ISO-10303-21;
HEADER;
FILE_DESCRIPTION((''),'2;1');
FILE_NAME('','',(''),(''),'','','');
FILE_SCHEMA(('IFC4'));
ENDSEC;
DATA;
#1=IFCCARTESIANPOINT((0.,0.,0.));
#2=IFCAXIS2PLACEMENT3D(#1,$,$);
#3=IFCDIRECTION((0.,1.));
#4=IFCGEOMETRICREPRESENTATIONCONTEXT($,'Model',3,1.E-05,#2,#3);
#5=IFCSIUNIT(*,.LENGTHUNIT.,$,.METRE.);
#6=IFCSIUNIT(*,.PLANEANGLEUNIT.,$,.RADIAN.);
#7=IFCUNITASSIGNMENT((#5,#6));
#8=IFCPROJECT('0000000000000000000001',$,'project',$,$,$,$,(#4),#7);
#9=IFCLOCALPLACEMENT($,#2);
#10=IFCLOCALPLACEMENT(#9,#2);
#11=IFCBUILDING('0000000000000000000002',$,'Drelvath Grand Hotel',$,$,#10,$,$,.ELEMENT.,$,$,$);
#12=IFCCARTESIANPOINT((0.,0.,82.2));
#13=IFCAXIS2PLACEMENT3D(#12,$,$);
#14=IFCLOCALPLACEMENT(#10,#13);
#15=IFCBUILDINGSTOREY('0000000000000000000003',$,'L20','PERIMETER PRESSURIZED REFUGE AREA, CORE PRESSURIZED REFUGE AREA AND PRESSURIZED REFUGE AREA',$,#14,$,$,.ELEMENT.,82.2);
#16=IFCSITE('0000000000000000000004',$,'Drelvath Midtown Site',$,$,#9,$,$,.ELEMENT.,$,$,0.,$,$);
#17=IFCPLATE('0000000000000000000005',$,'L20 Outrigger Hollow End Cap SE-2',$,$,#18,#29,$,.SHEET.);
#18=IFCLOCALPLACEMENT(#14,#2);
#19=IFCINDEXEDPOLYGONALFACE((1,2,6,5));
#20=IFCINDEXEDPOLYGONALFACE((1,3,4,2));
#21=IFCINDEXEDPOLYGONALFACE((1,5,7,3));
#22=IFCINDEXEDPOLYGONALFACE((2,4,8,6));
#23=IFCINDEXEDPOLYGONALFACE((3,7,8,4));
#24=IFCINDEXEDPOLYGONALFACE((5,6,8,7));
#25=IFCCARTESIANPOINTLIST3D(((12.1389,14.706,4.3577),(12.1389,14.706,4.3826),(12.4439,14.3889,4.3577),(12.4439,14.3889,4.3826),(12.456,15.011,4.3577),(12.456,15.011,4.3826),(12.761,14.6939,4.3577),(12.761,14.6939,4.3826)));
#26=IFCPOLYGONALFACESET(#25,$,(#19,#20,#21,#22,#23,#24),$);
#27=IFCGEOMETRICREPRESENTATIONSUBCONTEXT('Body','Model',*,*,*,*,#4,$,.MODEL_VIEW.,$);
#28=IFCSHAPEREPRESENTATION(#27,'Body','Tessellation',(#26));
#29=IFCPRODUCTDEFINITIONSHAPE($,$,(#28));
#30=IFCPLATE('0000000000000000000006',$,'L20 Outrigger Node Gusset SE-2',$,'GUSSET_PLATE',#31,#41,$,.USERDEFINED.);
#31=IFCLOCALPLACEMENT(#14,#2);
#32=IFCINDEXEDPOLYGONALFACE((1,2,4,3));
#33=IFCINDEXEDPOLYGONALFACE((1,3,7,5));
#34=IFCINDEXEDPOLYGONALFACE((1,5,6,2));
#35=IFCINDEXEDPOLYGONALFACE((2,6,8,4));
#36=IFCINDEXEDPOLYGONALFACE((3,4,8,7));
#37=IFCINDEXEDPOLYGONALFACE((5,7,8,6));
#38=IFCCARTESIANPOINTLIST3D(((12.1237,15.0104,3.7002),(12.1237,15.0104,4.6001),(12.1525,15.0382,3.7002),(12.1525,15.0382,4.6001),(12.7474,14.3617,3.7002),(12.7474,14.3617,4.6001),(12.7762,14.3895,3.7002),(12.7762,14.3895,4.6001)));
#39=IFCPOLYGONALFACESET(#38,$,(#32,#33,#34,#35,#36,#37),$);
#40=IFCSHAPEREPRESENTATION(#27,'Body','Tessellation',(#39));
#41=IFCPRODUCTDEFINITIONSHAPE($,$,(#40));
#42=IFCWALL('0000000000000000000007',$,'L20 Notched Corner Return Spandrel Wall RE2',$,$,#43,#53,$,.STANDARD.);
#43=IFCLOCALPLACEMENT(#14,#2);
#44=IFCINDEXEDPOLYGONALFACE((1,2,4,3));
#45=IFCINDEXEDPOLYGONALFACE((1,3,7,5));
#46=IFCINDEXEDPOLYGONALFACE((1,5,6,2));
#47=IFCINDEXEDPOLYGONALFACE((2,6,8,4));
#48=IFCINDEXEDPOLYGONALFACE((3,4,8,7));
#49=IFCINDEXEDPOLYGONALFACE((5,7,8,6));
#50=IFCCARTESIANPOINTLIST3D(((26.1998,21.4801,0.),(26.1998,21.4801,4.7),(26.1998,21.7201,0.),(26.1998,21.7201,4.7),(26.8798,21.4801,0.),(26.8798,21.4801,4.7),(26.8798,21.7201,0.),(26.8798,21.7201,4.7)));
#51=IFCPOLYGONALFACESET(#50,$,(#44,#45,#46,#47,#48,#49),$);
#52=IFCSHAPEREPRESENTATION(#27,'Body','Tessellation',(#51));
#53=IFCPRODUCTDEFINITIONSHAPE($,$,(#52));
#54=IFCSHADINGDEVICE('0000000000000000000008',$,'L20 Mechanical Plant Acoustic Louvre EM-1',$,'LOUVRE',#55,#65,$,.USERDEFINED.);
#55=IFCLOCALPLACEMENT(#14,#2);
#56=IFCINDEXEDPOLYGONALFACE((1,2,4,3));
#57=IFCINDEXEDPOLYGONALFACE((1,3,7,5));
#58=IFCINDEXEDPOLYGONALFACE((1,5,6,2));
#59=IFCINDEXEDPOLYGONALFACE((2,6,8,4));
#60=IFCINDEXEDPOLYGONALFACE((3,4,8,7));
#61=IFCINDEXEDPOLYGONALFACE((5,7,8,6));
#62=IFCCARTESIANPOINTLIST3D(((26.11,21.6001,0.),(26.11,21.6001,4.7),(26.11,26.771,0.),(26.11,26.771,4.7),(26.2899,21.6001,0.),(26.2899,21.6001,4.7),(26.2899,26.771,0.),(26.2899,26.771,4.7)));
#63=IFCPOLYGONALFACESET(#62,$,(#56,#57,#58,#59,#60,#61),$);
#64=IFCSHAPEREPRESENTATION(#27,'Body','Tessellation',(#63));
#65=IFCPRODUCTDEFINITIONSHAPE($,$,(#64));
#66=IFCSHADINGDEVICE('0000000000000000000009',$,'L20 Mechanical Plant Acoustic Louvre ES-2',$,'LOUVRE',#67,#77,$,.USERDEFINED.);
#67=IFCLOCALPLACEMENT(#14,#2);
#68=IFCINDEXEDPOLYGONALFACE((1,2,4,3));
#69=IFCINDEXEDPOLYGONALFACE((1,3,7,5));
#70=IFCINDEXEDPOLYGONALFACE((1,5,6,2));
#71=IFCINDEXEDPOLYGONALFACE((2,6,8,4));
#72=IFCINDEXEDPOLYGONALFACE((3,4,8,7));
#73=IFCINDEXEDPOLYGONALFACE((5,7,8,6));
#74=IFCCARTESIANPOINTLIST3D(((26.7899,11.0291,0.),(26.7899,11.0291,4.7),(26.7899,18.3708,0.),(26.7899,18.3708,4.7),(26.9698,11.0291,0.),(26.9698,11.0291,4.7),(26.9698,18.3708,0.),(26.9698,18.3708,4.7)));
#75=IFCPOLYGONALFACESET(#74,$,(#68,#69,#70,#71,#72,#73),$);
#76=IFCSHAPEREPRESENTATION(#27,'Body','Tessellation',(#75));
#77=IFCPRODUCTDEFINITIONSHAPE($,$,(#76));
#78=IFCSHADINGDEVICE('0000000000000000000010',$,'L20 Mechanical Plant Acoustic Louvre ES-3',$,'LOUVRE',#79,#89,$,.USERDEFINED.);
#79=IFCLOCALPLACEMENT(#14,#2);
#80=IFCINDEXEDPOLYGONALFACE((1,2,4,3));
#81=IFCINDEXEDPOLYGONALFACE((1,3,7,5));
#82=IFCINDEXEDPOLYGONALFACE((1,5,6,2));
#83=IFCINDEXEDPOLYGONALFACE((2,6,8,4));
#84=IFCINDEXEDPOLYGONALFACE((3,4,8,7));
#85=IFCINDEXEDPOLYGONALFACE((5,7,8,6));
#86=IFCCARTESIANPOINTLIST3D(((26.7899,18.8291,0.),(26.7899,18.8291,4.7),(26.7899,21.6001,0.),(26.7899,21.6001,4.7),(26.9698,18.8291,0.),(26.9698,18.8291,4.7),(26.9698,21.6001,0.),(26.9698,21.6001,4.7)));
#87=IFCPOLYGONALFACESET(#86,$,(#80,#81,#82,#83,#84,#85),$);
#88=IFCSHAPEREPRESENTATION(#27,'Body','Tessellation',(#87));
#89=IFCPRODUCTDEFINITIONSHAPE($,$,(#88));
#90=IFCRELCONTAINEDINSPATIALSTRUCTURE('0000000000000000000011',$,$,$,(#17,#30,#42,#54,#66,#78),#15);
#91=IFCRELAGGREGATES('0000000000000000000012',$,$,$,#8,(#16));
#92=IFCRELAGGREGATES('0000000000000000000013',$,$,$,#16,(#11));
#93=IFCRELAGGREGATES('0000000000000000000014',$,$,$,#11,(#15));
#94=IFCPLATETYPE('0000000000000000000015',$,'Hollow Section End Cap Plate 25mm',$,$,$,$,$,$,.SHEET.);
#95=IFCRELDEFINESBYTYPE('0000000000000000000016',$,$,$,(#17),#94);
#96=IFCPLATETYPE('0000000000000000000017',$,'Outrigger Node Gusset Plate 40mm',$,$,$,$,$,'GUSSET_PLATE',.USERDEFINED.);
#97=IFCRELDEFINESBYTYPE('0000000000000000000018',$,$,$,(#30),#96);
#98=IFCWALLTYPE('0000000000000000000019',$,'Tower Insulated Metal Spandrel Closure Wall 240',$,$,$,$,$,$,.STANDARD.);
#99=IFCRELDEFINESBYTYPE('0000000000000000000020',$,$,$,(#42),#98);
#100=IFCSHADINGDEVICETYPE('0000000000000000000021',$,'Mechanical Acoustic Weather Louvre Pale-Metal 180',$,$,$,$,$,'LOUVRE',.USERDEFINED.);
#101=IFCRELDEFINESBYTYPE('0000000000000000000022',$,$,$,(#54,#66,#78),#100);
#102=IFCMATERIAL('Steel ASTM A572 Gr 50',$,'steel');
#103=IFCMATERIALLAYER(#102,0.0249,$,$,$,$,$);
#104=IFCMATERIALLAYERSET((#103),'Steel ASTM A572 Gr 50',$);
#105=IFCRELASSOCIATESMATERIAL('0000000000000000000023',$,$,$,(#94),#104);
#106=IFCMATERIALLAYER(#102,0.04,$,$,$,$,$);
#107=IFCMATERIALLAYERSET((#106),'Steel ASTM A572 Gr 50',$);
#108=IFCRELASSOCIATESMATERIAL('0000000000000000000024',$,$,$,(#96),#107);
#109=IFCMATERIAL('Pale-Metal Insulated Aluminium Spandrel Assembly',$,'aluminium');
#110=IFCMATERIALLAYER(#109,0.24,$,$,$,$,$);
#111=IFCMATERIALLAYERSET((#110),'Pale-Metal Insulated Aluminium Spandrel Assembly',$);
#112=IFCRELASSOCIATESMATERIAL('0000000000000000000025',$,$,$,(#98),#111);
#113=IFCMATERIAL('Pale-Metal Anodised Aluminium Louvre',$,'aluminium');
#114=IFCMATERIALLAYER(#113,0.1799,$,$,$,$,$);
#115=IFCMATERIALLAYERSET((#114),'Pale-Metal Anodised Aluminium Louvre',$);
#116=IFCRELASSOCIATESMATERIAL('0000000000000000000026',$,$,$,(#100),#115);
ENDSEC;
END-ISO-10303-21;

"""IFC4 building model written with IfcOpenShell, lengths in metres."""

from ifc_helpers import new_model, si_unit, direction, frame, frame_2d, origin, origin_2d, place, context, subcontext, project, spatial, rectangle, extrude, material, layer, layer_set, type_object, element, save


model = new_model("IFC4")

# Units and contexts
model_context = context("Model", 3, precision=1e-05, world=origin(), true_north=direction((0.0, 1.0)))
body_context = subcontext(model_context, "Body", "Model", "MODEL_VIEW")
ifc_project = project(units=[si_unit("LENGTHUNIT", "METRE"), si_unit("PLANEANGLEUNIT", "RADIAN")], contexts=[model_context])

# Site, building, storey
site_placement = place(None, origin())
site = spatial("IfcSite", under=ifc_project, at=site_placement, Name="Drelvath Midtown Site", CompositionType="ELEMENT", RefElevation=0.0)
building_placement = place(site_placement, origin())
building = spatial("IfcBuilding", under=site, at=building_placement, Name="Drelvath Grand Hotel", CompositionType="ELEMENT")
storey_placement = place(building_placement, frame((0.0, 0.0, 82.2)))
storey = spatial("IfcBuildingStorey", under=building, at=storey_placement, Name="L20", Description="PERIMETER PRESSURIZED REFUGE AREA, CORE PRESSURIZED REFUGE AREA AND PRESSURIZED REFUGE AREA", CompositionType="ELEMENT", Elevation=82.2)

# Shared definitions
ifc_material_1 = material(Name="Steel ASTM A572 Gr 50", Category="steel")

# Plates
ifc_layer_1 = layer(ifc_material_1, 0.0249)
ifc_layer_set_1 = layer_set([ifc_layer_1], Name="Steel ASTM A572 Gr 50")
plate_type_1 = type_object("IfcPlateType", Name="Hollow Section End Cap Plate 25mm", PredefinedType="SHEET", material=ifc_layer_set_1)
plate_1_placement = place(storey_placement, frame((12.45, 14.7, 4.3577), z_axis=(0.0, 0.0, 1.0), x_axis=(0.693109, -0.720833, 0.0)))
element("IfcPlate", 1, at=plate_1_placement, inside=storey, type_object=plate_type_1, Name="L20 Outrigger Hollow End Cap SE-2", PredefinedType="SHEET", context=body_context, shape_type="SweptSolid", body=[
    extrude(rectangle(XDim=0.4399, YDim=0.4399, at=origin_2d()), origin(), (0.0, 0.0, 1.0), 0.0249),
])
ifc_layer_2 = layer(ifc_material_1, 0.04)
ifc_layer_set_2 = layer_set([ifc_layer_2], Name="Steel ASTM A572 Gr 50")
plate_type_2 = type_object("IfcPlateType", Name="Outrigger Node Gusset Plate 40mm", ElementType="GUSSET_PLATE", PredefinedType="USERDEFINED", material=ifc_layer_set_2)
plate_2_placement = place(storey_placement, frame((12.45, 14.7, 3.7002), z_axis=(0.0, 0.0, 1.0), x_axis=(0.693109, -0.720833, 0.0)))
element("IfcPlate", 2, at=plate_2_placement, inside=storey, type_object=plate_type_2, Name="L20 Outrigger Node Gusset SE-2", ObjectType="GUSSET_PLATE", PredefinedType="USERDEFINED", context=body_context, shape_type="SweptSolid", body=[
    extrude(rectangle(XDim=0.8999, YDim=0.04, at=origin_2d()), origin(), (0.0, 0.0, 1.0), 0.8999),
])

# Wall
ifc_material_2 = material(Name="Pale-Metal Insulated Aluminium Spandrel Assembly", Category="aluminium")
ifc_layer_3 = layer(ifc_material_2, 0.24)
ifc_layer_set_3 = layer_set([ifc_layer_3], Name="Pale-Metal Insulated Aluminium Spandrel Assembly")
wall_type = type_object("IfcWallType", Name="Tower Insulated Metal Spandrel Closure Wall 240", PredefinedType="STANDARD", material=ifc_layer_set_3)
wall_placement = place(storey_placement, frame((26.2, 21.6001, 0.0), z_axis=(0.0, 0.0, 1.0), x_axis=(1.0, 0.0, 0.0)))
element("IfcWall", 3, at=wall_placement, inside=storey, type_object=wall_type, Name="L20 Notched Corner Return Spandrel Wall RE2", PredefinedType="STANDARD", context=body_context, shape_type="SweptSolid", body=[
    extrude(rectangle(XDim=0.6799, YDim=0.24, at=frame_2d((0.3398, 0.0))), origin(), (0.0, 0.0, 1.0), 4.7),
])

# Shading devices
ifc_material_3 = material(Name="Pale-Metal Anodised Aluminium Louvre", Category="aluminium")
ifc_layer_4 = layer(ifc_material_3, 0.1799)
ifc_layer_set_4 = layer_set([ifc_layer_4], Name="Pale-Metal Anodised Aluminium Louvre")
shading_device_type = type_object("IfcShadingDeviceType", Name="Mechanical Acoustic Weather Louvre Pale-Metal 180", ElementType="LOUVRE", PredefinedType="USERDEFINED", material=ifc_layer_set_4)
shading_device_1_placement = place(storey_placement, frame((26.2, 24.1855, 0.0), z_axis=(0.0, 0.0, 1.0), x_axis=(0.0, 1.0, 0.0)))
element("IfcShadingDevice", 4, at=shading_device_1_placement, inside=storey, type_object=shading_device_type, Name="L20 Mechanical Plant Acoustic Louvre EM-1", ObjectType="LOUVRE", PredefinedType="USERDEFINED", context=body_context, shape_type="SweptSolid", body=[
    extrude(rectangle(XDim=5.1709, YDim=0.1799, at=origin_2d()), origin(), (0.0, 0.0, 1.0), 4.7),
])
shading_device_2_placement = place(storey_placement, frame((26.8799, 14.7, 0.0), z_axis=(0.0, 0.0, 1.0), x_axis=(0.0, 1.0, 0.0)))
element("IfcShadingDevice", 5, at=shading_device_2_placement, inside=storey, type_object=shading_device_type, Name="L20 Mechanical Plant Acoustic Louvre ES-2", ObjectType="LOUVRE", PredefinedType="USERDEFINED", context=body_context, shape_type="SweptSolid", body=[
    extrude(rectangle(XDim=7.3418, YDim=0.1799, at=origin_2d()), origin(), (0.0, 0.0, 1.0), 4.7),
])
shading_device_3_placement = place(storey_placement, frame((26.8799, 20.2146, 0.0), z_axis=(0.0, 0.0, 1.0), x_axis=(0.0, 1.0, 0.0)))
element("IfcShadingDevice", 6, at=shading_device_3_placement, inside=storey, type_object=shading_device_type, Name="L20 Mechanical Plant Acoustic Louvre ES-3", ObjectType="LOUVRE", PredefinedType="USERDEFINED", context=body_context, shape_type="SweptSolid", body=[
    extrude(rectangle(XDim=2.771, YDim=0.1799, at=origin_2d()), origin(), (0.0, 0.0, 1.0), 4.7),
])

save(model, "model.ifc")
